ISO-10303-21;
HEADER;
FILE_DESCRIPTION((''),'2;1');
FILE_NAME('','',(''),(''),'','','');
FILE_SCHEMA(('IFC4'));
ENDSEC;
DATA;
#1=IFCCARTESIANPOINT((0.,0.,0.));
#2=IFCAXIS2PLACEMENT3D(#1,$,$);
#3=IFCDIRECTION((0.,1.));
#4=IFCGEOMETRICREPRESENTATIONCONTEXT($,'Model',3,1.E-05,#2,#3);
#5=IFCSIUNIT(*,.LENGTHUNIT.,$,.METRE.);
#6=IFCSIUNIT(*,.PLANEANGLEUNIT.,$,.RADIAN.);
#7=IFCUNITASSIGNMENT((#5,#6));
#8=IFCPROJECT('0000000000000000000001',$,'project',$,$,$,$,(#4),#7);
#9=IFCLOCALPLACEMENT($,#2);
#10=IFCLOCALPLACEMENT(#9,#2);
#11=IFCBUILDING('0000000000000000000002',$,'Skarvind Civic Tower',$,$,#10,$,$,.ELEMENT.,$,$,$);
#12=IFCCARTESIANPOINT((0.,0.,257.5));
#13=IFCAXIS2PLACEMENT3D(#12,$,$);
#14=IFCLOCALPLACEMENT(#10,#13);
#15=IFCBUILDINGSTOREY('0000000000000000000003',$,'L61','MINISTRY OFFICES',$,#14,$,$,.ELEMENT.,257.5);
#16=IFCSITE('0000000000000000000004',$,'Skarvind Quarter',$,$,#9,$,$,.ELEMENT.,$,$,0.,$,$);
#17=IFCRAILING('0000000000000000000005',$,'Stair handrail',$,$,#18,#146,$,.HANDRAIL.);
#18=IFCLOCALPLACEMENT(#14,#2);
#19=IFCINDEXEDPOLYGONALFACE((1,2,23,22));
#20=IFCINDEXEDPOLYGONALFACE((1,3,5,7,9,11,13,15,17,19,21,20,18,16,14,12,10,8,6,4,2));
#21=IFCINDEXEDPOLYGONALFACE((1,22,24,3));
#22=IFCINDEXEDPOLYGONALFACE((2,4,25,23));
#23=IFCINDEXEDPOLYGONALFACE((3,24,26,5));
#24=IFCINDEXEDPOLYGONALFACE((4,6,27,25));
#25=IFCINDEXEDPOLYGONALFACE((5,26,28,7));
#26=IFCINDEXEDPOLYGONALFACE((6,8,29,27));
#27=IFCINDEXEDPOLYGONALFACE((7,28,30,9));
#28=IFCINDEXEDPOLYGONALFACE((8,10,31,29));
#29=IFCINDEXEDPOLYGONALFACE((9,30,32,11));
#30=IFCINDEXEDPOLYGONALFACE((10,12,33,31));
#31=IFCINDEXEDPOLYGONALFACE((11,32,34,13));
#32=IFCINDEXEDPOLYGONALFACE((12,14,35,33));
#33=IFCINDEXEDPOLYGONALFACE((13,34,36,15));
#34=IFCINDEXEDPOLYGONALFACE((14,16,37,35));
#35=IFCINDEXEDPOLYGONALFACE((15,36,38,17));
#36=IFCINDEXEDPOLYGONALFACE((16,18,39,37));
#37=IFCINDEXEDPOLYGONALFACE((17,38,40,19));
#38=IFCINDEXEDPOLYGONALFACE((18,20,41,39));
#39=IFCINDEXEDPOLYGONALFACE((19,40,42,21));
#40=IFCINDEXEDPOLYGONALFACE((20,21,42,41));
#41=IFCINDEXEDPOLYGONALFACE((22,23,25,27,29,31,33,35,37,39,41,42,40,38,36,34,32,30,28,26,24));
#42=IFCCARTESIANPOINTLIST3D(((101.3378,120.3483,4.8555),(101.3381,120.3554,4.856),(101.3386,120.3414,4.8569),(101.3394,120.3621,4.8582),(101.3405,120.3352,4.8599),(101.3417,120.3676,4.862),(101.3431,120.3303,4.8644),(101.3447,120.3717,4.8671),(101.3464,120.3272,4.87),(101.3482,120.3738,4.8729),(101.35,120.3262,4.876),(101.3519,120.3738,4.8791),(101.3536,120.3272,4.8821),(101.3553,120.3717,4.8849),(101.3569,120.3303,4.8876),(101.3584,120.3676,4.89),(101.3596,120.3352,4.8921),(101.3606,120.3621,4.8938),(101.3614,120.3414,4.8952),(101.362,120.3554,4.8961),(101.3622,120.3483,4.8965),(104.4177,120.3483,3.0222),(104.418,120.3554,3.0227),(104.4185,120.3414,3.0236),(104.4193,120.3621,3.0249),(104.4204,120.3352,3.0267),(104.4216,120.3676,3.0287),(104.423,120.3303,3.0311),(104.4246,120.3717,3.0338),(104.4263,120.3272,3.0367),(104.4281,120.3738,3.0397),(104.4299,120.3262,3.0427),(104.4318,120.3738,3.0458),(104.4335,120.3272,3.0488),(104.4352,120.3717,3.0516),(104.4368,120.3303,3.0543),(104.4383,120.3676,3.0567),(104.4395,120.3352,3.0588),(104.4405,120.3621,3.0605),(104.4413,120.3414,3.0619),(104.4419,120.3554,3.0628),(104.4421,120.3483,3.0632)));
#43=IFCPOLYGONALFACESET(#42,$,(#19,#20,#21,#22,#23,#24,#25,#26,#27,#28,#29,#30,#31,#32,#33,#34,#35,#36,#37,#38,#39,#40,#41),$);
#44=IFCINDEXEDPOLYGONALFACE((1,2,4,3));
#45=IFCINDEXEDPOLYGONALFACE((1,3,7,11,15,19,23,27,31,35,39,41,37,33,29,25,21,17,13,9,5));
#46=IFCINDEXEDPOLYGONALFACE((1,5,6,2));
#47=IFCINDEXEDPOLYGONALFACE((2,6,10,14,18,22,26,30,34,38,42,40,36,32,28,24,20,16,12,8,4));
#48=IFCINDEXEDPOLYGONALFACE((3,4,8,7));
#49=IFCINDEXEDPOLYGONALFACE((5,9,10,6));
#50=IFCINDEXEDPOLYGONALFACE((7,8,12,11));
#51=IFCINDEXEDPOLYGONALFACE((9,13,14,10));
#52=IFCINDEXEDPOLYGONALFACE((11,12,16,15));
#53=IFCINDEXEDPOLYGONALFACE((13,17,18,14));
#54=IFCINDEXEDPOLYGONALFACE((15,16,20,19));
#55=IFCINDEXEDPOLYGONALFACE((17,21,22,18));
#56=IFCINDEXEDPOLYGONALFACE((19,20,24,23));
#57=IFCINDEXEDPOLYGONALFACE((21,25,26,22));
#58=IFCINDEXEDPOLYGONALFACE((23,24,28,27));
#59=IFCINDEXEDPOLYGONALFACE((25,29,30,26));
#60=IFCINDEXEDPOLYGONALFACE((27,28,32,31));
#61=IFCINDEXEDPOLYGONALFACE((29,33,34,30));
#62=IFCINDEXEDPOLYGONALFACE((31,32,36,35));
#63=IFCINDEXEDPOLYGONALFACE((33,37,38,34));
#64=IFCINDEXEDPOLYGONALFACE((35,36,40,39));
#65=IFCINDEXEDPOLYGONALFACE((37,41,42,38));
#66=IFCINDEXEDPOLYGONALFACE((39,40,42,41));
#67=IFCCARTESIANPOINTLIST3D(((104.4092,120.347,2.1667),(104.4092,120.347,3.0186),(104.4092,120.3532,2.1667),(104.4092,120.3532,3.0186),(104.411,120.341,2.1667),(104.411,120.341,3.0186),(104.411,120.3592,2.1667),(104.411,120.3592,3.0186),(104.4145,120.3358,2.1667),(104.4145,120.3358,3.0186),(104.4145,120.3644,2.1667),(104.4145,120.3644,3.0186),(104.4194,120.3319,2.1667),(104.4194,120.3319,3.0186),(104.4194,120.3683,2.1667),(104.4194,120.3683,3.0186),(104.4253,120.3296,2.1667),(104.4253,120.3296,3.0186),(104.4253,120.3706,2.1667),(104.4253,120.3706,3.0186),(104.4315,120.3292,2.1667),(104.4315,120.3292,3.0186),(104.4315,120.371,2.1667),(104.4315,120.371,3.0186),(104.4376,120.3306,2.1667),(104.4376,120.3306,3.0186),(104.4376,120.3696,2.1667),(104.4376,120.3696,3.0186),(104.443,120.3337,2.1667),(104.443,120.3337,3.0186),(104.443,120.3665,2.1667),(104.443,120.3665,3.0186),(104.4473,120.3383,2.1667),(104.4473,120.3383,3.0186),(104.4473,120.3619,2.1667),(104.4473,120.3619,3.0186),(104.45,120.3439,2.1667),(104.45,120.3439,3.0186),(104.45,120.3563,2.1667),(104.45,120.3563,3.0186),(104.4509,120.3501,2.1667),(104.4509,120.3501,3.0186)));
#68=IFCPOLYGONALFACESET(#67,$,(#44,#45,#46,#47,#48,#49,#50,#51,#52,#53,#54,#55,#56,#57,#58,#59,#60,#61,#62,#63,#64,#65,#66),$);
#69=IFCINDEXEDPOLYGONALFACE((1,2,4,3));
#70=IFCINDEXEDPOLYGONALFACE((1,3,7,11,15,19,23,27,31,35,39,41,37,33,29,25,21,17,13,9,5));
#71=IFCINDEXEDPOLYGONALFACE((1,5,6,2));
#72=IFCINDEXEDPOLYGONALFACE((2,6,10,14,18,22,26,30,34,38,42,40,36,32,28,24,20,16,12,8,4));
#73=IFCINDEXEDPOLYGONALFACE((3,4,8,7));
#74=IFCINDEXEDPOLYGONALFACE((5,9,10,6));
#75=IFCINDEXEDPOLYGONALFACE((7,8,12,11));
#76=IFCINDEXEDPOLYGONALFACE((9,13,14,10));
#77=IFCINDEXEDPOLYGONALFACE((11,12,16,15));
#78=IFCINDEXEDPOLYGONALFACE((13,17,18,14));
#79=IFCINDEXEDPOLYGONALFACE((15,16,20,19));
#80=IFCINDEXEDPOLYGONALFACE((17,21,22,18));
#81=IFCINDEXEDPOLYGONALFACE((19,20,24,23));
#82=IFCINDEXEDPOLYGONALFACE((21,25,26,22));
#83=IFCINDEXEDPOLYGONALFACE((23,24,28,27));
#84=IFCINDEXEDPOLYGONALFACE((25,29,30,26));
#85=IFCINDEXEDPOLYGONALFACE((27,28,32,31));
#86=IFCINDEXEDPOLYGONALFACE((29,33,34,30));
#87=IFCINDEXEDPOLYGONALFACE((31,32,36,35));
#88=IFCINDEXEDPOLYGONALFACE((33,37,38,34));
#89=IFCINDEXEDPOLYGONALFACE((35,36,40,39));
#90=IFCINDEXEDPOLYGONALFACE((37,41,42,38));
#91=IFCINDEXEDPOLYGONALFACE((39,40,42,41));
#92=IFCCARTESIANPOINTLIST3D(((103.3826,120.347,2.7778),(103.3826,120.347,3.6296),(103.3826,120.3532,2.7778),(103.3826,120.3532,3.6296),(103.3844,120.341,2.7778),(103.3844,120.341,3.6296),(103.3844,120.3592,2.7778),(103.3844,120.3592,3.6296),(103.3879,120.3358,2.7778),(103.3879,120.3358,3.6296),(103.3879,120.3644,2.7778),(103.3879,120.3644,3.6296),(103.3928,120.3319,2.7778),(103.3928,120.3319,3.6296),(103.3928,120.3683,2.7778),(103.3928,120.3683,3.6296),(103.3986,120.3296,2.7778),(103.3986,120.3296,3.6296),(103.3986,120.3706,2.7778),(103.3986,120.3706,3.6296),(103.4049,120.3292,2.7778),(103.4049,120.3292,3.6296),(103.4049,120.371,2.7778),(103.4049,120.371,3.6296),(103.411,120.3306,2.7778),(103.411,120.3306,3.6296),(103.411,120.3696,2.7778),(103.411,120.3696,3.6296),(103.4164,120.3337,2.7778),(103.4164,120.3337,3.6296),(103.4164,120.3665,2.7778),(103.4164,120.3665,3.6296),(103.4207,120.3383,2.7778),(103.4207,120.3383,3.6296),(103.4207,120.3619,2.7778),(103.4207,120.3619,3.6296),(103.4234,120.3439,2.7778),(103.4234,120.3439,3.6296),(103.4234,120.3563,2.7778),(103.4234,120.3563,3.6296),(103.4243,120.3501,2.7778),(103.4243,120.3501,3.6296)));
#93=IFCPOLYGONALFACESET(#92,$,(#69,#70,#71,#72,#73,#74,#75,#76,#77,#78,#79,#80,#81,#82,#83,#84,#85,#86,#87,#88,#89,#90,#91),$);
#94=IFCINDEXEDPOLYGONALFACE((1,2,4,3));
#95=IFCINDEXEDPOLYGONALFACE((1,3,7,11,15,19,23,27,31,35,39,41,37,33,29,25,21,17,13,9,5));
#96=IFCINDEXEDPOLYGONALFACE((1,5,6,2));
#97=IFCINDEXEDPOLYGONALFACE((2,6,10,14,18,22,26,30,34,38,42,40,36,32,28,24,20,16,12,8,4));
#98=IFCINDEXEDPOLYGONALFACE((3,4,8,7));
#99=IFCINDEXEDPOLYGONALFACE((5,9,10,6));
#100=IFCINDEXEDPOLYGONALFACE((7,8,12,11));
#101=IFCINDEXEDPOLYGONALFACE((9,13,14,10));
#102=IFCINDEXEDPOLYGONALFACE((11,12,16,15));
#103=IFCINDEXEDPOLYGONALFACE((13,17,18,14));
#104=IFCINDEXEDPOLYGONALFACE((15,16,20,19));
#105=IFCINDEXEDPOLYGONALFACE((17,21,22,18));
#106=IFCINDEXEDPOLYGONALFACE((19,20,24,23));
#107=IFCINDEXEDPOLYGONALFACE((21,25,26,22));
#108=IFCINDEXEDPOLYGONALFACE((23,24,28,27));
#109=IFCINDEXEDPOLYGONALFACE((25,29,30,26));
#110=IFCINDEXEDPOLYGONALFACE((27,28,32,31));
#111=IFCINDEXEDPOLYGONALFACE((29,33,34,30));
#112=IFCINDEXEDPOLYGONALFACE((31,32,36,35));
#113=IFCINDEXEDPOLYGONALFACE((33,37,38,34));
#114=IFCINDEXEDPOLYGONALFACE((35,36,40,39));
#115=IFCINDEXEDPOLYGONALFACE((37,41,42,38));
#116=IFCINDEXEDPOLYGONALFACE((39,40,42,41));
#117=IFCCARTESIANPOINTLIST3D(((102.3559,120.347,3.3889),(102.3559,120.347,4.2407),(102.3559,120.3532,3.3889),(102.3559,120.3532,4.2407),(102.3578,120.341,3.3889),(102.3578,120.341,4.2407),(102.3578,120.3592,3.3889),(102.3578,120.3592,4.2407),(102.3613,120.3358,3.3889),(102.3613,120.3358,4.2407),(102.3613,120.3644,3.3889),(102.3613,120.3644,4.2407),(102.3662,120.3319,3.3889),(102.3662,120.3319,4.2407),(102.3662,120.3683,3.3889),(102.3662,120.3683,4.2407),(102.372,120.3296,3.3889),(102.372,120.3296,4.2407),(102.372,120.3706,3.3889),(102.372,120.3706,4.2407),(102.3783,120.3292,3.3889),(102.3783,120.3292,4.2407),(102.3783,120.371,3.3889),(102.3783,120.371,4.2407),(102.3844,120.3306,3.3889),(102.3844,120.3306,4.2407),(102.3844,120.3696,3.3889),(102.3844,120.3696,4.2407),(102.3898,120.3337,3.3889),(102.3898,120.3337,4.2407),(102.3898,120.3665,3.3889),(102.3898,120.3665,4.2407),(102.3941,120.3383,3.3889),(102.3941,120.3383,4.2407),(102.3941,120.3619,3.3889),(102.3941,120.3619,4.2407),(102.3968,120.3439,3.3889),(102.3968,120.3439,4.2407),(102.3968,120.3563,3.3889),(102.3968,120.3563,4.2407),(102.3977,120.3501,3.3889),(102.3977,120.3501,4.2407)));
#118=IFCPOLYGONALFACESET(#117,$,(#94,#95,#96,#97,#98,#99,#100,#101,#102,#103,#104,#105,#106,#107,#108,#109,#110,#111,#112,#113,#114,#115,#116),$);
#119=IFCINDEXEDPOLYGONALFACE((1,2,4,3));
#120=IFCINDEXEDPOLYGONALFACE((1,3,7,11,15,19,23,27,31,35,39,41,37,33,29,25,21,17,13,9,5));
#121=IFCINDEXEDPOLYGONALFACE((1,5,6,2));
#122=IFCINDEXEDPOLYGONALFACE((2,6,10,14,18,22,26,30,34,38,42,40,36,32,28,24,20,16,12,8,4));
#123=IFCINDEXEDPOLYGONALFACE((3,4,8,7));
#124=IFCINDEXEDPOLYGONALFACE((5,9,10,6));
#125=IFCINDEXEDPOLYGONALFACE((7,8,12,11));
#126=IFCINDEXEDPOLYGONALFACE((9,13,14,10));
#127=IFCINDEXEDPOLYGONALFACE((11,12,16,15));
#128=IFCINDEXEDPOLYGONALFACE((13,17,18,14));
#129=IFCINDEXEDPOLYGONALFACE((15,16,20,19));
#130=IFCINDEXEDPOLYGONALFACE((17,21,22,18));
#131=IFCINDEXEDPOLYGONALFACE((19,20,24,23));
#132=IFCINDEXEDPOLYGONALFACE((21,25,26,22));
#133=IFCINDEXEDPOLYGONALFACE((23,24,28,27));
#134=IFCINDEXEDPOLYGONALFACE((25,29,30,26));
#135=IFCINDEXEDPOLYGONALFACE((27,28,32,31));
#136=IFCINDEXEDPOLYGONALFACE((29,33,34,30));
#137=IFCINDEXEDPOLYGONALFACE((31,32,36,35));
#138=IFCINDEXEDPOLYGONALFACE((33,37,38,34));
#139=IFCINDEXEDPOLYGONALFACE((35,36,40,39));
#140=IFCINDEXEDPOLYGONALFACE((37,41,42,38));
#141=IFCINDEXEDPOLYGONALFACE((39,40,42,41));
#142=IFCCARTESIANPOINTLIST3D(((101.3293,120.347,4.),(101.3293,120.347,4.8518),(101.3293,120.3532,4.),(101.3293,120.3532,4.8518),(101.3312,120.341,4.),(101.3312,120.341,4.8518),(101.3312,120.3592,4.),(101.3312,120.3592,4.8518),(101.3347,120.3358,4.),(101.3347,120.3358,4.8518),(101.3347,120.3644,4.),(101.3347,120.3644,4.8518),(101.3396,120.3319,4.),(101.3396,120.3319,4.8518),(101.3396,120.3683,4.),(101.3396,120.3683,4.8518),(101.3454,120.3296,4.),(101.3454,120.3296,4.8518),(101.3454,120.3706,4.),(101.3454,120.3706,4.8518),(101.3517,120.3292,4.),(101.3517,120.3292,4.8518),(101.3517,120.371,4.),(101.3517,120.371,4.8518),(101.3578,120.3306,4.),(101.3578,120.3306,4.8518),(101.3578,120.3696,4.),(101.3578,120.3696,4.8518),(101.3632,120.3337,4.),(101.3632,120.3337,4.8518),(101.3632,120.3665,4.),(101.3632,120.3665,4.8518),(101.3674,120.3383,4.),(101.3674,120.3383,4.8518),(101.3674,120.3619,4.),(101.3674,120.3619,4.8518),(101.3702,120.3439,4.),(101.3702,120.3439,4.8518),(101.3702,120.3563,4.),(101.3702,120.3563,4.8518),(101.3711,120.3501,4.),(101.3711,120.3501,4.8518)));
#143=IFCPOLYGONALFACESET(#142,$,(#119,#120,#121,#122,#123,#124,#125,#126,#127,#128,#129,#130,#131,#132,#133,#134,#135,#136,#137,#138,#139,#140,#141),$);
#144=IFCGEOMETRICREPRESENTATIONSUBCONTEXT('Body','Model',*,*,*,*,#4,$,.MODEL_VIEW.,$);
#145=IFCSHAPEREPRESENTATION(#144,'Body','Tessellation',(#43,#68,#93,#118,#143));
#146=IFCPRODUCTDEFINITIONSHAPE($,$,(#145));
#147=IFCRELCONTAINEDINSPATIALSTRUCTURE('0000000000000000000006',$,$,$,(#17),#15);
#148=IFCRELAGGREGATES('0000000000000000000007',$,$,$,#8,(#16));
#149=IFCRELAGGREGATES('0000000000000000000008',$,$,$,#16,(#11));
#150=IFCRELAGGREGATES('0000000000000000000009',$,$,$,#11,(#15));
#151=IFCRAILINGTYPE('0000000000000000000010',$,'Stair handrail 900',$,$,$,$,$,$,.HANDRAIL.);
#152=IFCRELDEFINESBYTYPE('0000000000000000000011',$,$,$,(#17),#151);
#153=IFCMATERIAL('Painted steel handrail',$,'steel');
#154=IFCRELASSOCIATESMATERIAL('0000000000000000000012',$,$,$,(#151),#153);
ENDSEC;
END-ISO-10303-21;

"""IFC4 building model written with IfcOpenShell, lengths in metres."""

from ifc_helpers import new_model, si_unit, direction, frame, origin, origin_2d, place, context, subcontext, project, spatial, circle, extrude, material, type_object, element, save


model = new_model("IFC4")

# Units and contexts
model_context = context("Model", 3, precision=1e-05, world=origin(), true_north=direction((0.0, 1.0)))
body_context = subcontext(model_context, "Body", "Model", "MODEL_VIEW")
ifc_project = project(units=[si_unit("LENGTHUNIT", "METRE"), si_unit("PLANEANGLEUNIT", "RADIAN")], contexts=[model_context])

# Site, building, storey
site_placement = place(None, origin())
site = spatial("IfcSite", under=ifc_project, at=site_placement, Name="Skarvind Quarter", CompositionType="ELEMENT", RefElevation=0.0)
building_placement = place(site_placement, origin())
building = spatial("IfcBuilding", under=site, at=building_placement, Name="Skarvind Civic Tower", CompositionType="ELEMENT")
storey_placement = place(building_placement, frame((0.0, 0.0, 257.5)))
storey = spatial("IfcBuildingStorey", under=building, at=storey_placement, Name="L61", Description="MINISTRY OFFICES", CompositionType="ELEMENT", Elevation=257.5)

# Railing
ifc_material_1 = material(Name="Painted steel handrail", Category="steel")
railing_type = type_object("IfcRailingType", Name="Stair handrail 900", PredefinedType="HANDRAIL", material=ifc_material_1)
railing_placement = place(storey_placement, frame((104.4299, 120.3501, 2.1667)))
element("IfcRailing", 1, at=railing_placement, inside=storey, type_object=railing_type, Name="Stair handrail", PredefinedType="HANDRAIL", context=body_context, shape_type="SweptSolid", body=[
    extrude(circle(Radius=0.0239, at=origin_2d()), frame((0.0, 0.0, 0.876), z_axis=(-0.859291, 0.0, 0.511487), x_axis=(0.0, -1.0, 0.0)), (0.0, 0.0, 1.0), 3.5842),
    extrude(circle(Radius=0.021, at=origin_2d()), origin(), (0.0, 0.0, 1.0), 0.8518),
    extrude(circle(Radius=0.021, at=origin_2d()), frame((-1.0266, 0.0, 0.6111)), (0.0, 0.0, 1.0), 0.8518),
    extrude(circle(Radius=0.021, at=origin_2d()), frame((-2.0532, 0.0, 1.2222)), (0.0, 0.0, 1.0), 0.8518),
    extrude(circle(Radius=0.021, at=origin_2d()), frame((-3.0798, 0.0, 1.8333)), (0.0, 0.0, 1.0), 0.8518),
])

save(model, "model.ifc")
